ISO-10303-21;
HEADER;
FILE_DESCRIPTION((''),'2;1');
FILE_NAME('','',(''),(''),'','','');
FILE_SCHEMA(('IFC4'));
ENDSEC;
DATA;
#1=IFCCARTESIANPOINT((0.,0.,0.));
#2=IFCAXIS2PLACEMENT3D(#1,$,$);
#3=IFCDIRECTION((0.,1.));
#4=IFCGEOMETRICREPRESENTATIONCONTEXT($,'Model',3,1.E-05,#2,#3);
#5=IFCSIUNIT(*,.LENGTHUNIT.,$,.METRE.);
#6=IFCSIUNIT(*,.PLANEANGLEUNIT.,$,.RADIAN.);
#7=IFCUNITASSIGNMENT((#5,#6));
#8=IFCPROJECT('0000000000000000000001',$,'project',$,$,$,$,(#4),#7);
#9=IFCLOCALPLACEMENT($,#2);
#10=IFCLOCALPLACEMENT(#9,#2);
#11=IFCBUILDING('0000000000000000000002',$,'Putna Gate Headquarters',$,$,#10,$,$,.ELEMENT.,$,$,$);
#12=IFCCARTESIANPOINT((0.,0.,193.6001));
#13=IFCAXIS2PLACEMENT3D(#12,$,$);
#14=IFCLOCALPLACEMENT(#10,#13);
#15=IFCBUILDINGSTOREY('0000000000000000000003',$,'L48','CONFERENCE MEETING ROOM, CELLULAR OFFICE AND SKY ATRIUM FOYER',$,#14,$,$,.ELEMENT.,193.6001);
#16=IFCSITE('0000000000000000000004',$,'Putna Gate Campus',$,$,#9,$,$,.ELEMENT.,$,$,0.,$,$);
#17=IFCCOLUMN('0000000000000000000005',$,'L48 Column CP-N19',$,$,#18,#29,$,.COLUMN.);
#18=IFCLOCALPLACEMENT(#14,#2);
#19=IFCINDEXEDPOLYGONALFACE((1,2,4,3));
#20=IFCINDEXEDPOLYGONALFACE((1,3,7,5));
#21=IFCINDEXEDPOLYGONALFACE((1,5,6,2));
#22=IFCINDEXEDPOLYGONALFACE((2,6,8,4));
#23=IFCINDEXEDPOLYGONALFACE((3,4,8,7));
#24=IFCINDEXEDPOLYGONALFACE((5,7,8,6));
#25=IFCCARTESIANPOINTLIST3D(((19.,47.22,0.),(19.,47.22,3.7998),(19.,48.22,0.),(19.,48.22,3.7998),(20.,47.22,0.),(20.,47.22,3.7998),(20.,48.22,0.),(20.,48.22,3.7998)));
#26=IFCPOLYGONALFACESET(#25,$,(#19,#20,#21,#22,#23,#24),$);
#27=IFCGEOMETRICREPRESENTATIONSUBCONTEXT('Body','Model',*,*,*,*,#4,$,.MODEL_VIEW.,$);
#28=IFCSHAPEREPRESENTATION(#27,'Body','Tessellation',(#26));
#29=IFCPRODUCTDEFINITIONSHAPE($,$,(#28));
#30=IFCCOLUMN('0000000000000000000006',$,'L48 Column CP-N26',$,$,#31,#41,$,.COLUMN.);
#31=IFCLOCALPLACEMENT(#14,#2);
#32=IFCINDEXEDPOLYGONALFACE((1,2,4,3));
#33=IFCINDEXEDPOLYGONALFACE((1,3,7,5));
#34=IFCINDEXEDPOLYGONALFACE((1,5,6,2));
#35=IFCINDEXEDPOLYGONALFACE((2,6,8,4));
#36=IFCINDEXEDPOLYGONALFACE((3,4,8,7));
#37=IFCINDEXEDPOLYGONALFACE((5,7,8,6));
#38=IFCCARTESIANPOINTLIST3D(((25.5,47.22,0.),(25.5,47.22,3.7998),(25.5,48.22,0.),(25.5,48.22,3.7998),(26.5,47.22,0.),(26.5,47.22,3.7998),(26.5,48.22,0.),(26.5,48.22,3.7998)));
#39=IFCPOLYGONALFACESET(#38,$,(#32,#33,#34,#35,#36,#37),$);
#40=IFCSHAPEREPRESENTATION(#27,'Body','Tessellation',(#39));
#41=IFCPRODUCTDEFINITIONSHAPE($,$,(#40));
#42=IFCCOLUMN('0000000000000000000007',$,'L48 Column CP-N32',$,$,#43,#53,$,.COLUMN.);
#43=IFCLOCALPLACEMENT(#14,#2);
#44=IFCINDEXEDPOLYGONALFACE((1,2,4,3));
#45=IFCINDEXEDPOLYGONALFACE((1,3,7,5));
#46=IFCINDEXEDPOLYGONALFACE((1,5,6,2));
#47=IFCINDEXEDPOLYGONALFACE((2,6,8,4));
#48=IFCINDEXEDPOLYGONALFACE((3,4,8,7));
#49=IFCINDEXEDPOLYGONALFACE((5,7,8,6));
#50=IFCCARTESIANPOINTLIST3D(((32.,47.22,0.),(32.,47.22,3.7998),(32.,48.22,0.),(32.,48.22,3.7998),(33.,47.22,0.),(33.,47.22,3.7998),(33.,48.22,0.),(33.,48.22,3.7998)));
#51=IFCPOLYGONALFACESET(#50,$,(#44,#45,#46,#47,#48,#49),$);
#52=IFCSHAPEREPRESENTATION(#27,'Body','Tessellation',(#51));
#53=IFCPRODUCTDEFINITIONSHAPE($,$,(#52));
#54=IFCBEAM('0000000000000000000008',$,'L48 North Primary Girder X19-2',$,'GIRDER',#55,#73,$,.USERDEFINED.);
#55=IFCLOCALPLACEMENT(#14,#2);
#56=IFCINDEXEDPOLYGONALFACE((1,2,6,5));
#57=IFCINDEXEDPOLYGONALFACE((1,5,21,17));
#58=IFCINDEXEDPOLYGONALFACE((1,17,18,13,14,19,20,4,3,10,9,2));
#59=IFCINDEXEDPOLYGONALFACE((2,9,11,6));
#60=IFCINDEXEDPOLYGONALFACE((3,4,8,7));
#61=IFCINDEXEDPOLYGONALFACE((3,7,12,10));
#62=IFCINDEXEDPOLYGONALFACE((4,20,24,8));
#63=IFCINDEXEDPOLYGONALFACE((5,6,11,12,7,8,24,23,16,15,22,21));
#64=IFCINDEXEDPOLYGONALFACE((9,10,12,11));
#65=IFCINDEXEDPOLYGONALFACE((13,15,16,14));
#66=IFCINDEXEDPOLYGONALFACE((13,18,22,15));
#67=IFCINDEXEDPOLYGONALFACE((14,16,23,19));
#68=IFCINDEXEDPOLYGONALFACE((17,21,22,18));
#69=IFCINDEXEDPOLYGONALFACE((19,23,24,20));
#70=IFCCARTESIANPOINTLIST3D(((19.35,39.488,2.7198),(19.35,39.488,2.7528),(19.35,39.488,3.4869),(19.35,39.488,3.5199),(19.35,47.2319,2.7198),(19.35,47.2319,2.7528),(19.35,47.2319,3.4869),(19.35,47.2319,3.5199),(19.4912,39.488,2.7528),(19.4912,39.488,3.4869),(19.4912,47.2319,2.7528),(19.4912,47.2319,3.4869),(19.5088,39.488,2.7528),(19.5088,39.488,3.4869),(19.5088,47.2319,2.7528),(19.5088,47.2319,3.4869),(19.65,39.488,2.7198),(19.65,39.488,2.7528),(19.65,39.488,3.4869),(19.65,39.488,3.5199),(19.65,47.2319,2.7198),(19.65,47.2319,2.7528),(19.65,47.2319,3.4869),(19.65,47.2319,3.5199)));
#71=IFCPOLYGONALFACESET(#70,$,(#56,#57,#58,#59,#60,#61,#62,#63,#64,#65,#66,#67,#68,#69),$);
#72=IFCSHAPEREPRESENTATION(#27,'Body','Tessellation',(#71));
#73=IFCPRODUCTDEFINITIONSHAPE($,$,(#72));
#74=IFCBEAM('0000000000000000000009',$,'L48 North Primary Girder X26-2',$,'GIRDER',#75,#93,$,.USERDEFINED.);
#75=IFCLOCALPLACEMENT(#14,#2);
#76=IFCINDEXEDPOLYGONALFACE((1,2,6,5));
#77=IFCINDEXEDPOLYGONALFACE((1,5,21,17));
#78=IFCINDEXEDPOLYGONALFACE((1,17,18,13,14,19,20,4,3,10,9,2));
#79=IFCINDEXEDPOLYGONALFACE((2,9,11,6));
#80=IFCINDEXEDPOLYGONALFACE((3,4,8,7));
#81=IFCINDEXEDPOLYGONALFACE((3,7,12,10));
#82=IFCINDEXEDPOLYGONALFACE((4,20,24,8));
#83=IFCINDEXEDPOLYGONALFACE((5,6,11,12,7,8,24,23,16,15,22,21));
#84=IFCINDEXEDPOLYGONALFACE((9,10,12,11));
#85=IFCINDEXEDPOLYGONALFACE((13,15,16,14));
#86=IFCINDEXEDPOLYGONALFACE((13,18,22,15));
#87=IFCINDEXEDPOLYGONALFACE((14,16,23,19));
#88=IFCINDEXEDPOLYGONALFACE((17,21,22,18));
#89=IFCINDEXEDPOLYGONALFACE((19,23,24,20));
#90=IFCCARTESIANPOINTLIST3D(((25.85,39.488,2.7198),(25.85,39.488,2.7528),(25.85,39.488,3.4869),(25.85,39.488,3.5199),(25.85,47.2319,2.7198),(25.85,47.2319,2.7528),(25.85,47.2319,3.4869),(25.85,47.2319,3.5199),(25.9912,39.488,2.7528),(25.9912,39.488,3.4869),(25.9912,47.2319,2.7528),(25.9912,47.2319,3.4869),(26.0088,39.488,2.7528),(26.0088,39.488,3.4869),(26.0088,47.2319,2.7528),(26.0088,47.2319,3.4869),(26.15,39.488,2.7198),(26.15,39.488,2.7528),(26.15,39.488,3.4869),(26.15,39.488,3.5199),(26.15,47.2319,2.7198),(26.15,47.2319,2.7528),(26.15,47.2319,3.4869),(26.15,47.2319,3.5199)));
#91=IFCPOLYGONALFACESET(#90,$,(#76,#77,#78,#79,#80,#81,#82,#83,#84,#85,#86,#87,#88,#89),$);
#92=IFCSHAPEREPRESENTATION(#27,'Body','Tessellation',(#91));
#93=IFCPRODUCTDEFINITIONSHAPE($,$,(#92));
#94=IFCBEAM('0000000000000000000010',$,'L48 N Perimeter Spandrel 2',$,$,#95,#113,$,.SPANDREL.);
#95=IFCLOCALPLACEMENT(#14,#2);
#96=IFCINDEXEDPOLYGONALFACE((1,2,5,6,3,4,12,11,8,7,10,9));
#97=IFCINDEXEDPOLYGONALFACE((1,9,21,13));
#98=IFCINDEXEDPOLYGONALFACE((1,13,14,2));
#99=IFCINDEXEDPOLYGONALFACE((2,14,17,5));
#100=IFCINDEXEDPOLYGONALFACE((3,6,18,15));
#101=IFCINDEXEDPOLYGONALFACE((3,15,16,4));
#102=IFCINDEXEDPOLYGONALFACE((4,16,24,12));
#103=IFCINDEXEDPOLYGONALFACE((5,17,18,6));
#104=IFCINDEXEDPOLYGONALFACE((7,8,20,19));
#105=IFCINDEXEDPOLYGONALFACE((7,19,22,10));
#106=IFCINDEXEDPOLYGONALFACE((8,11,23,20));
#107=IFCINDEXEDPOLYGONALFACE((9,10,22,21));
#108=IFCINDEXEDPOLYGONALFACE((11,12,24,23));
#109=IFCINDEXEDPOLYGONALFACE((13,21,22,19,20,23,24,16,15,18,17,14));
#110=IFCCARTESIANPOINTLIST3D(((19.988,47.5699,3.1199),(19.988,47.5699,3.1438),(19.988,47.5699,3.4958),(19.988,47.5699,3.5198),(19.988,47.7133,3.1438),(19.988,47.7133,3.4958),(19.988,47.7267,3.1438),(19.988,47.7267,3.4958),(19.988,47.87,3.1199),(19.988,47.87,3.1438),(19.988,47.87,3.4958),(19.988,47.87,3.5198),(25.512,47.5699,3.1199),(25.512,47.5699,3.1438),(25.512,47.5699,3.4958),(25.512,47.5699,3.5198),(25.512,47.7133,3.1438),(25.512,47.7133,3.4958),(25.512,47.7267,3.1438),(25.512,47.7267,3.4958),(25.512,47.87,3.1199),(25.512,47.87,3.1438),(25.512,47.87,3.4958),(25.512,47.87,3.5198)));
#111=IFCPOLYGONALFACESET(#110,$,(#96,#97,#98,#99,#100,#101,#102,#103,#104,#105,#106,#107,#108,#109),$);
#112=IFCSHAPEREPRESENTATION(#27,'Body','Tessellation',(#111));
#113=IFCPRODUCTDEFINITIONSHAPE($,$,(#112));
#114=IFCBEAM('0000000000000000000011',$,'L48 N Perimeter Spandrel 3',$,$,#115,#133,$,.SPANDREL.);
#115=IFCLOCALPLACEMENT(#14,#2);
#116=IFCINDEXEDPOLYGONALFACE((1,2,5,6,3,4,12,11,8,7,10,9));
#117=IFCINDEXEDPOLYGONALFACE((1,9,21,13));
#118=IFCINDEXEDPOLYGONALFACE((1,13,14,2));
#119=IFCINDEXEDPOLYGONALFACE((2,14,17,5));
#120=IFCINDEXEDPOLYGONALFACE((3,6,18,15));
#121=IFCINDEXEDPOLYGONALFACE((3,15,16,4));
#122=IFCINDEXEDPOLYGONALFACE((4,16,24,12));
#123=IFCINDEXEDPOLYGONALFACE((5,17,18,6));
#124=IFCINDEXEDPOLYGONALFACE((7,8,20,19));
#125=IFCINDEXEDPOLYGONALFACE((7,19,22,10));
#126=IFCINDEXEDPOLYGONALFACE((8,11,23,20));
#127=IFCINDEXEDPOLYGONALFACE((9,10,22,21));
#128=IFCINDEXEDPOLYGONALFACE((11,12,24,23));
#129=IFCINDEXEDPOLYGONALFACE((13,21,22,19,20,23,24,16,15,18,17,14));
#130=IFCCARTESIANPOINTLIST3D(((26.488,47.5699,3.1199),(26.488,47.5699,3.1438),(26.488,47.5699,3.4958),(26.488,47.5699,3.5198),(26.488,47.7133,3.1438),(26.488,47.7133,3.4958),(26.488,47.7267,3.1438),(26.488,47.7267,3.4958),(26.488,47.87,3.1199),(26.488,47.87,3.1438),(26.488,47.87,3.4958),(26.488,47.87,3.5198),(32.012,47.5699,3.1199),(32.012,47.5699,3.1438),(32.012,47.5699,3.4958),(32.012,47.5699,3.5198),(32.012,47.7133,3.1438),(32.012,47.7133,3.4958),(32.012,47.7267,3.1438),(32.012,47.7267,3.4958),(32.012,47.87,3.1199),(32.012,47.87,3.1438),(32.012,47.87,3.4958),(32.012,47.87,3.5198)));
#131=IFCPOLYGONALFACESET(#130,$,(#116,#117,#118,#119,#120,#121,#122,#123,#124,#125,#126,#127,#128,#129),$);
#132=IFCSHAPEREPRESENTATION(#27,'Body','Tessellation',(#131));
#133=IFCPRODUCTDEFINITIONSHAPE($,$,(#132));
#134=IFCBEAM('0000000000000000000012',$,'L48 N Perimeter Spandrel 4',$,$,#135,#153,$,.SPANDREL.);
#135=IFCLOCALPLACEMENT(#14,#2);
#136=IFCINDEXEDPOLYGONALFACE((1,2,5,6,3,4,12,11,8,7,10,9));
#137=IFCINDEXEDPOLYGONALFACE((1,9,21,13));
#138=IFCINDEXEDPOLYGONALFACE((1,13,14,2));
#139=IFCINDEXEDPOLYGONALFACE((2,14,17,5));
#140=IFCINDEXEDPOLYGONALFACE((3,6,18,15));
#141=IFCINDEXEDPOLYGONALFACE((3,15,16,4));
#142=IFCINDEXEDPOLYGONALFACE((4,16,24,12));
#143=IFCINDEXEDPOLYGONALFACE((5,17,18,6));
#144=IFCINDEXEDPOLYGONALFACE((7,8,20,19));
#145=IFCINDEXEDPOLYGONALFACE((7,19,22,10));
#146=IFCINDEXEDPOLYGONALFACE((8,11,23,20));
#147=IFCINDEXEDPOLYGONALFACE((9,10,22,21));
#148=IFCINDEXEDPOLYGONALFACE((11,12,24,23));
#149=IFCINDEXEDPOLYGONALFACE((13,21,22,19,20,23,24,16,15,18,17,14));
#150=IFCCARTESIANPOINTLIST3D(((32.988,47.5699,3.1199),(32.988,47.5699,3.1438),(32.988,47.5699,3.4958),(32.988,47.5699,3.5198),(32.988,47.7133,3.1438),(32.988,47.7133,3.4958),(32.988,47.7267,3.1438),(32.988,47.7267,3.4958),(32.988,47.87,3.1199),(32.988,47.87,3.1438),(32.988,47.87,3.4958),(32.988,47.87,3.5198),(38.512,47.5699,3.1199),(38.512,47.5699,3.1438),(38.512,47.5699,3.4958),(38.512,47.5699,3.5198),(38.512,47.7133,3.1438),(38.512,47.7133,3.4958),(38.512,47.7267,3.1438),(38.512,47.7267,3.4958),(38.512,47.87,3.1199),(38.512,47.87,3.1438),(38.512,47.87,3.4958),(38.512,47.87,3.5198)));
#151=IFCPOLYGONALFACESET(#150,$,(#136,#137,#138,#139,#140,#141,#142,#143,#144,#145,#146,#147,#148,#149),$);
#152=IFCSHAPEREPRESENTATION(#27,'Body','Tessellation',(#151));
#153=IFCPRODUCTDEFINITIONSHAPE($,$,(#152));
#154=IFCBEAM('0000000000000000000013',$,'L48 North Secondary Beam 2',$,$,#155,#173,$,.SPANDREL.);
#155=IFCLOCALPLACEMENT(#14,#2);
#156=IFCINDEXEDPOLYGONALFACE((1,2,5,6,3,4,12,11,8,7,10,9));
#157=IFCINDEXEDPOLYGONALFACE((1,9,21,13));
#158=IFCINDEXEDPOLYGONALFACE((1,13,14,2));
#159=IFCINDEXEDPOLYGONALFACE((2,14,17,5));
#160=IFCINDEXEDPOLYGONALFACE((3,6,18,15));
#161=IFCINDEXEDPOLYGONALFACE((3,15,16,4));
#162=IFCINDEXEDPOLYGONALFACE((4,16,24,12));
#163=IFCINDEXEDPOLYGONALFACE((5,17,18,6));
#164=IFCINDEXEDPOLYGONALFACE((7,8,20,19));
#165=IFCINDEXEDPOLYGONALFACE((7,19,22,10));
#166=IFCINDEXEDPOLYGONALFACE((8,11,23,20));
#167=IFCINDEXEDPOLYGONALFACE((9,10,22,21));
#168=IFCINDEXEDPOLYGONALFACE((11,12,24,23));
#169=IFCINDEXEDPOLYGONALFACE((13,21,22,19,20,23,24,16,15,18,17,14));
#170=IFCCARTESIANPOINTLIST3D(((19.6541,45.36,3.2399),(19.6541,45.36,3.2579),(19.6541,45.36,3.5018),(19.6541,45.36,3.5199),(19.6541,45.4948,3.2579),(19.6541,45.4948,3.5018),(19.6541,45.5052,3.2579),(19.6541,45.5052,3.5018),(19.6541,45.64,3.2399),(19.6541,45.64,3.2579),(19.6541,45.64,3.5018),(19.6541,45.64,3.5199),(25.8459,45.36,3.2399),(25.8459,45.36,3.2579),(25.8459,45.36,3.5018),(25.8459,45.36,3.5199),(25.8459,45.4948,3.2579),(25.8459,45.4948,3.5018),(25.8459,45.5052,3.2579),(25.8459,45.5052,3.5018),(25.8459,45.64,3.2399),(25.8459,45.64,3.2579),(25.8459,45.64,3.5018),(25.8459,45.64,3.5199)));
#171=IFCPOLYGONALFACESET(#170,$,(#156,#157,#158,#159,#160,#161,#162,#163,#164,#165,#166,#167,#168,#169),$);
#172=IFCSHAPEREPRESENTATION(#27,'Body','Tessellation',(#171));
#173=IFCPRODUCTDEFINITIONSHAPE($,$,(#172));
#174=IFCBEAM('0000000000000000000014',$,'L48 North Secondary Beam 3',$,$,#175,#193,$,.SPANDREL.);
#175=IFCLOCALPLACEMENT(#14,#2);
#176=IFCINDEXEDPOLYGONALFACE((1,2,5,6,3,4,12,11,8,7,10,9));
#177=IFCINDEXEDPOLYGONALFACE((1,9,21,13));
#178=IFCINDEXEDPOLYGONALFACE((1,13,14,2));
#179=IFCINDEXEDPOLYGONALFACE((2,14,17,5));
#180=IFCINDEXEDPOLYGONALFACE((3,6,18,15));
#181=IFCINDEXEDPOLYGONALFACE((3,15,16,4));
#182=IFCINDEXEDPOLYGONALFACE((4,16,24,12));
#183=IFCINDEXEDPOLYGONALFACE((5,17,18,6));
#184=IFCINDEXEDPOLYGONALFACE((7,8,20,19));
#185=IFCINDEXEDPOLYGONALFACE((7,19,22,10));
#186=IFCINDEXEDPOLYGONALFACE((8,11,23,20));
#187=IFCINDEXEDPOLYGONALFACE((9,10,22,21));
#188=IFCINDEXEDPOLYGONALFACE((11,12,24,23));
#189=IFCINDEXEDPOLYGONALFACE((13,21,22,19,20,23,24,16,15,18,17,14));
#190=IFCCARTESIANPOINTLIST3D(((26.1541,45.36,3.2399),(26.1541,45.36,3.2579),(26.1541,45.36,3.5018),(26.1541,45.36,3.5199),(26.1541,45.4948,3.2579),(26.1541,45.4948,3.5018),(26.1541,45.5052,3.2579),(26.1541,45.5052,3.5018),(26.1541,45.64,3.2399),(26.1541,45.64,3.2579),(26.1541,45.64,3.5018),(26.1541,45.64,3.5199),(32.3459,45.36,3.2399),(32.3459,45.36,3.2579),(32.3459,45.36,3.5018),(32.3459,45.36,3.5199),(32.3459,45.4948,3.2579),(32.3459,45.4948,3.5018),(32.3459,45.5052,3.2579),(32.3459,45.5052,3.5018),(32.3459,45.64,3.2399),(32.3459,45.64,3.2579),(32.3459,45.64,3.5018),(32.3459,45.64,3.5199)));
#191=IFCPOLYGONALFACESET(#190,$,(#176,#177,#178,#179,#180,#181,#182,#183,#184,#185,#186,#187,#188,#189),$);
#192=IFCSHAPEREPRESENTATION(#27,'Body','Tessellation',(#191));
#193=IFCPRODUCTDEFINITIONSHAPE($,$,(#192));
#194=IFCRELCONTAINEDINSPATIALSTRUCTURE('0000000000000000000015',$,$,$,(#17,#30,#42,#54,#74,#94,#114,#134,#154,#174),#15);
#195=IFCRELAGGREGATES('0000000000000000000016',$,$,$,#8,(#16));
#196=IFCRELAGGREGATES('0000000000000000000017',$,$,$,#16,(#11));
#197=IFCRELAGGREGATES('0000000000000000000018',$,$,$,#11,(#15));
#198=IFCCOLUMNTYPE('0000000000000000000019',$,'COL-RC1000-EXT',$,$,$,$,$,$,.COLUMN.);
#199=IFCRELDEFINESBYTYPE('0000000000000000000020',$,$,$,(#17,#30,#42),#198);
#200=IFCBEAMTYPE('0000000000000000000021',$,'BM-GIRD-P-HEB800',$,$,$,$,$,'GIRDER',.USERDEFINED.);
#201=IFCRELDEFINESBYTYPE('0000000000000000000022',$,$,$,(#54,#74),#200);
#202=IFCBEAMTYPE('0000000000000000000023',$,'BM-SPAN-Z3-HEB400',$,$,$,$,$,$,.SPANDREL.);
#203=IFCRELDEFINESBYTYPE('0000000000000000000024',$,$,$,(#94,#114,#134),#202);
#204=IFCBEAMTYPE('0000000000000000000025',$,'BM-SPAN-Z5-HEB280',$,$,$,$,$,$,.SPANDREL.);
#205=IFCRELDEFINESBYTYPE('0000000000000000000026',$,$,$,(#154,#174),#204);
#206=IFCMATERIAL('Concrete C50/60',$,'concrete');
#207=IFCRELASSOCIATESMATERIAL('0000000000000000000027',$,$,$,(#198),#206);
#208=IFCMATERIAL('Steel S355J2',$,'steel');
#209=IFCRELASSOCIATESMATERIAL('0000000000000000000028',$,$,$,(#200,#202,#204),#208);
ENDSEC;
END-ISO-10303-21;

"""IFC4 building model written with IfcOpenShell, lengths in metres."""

from ifc_helpers import new_model, si_unit, direction, frame, origin, origin_2d, place, context, subcontext, project, spatial, rectangle, i_section, extrude, material, material_profile, profile_set, type_object, element, save


model = new_model("IFC4")

# Units and contexts
model_context = context("Model", 3, precision=1e-05, world=origin(), true_north=direction((0.0, 1.0)))
body_context = subcontext(model_context, "Body", "Model", "MODEL_VIEW")
ifc_project = project(units=[si_unit("LENGTHUNIT", "METRE"), si_unit("PLANEANGLEUNIT", "RADIAN")], contexts=[model_context])

# Site, building, storey
site_placement = place(None, origin())
site = spatial("IfcSite", under=ifc_project, at=site_placement, Name="Putna Gate Campus", CompositionType="ELEMENT", RefElevation=0.0)
building_placement = place(site_placement, origin())
building = spatial("IfcBuilding", under=site, at=building_placement, Name="Putna Gate Headquarters", CompositionType="ELEMENT")
storey_placement = place(building_placement, frame((0.0, 0.0, 193.6001)))
storey = spatial("IfcBuildingStorey", under=building, at=storey_placement, Name="L48", Description="CONFERENCE MEETING ROOM, CELLULAR OFFICE AND SKY ATRIUM FOYER", CompositionType="ELEMENT", Elevation=193.6001)

# Columns
ifc_material_1 = material(Name="Concrete C50/60", Category="concrete")
ifc_material_profile_1 = material_profile(ifc_material_1, rectangle(XDim=1.0, YDim=1.0, at=origin_2d()), Name="Concrete C50/60")
ifc_profile_set_1 = profile_set([ifc_material_profile_1], Name="Concrete C50/60")
column_type = type_object("IfcColumnType", Name="COL-RC1000-EXT", PredefinedType="COLUMN", material=ifc_profile_set_1)
for number, where, z_axis, x_axis, name in (
    (1, (19.5, 47.72, 0.0), (0.0, 0.0, 1.0), (1.0, 0.0, 0.0), "L48 Column CP-N19"),
    (2, (26.0, 47.72, 0.0), (0.0, 0.0, 1.0), (1.0, 0.0, 0.0), "L48 Column CP-N26"),
    (3, (32.5, 47.72, 0.0), (0.0, 0.0, 1.0), (1.0, 0.0, 0.0), "L48 Column CP-N32"),
):
    element("IfcColumn", number, at=place(storey_placement, frame(where, z_axis=z_axis, x_axis=x_axis)), inside=storey, type_object=column_type, Name=name, PredefinedType="COLUMN", context=body_context, shape_type="SweptSolid", body=[
        extrude(rectangle(XDim=1.0, YDim=1.0, at=origin_2d()), origin(), (0.0, 0.0, 1.0), 3.7998),
    ])

# Beams
ifc_material_2 = material(Name="Steel S355J2", Category="steel")
ifc_material_profile_2 = material_profile(ifc_material_2, i_section(OverallWidth=0.3, OverallDepth=0.8, WebThickness=0.0176, FlangeThickness=0.033, at=origin_2d()), Name="Steel S355J2")
ifc_profile_set_2 = profile_set([ifc_material_profile_2], Name="Steel S355J2")
beam_type_1 = type_object("IfcBeamType", Name="BM-GIRD-P-HEB800", ElementType="GIRDER", PredefinedType="USERDEFINED", material=ifc_profile_set_2)
for number, where, z_axis, x_axis, name in (
    (4, (19.5, 39.488, 3.1199), (0.0, 1.0, 0.0), (-1.0, 0.0, 0.0), "L48 North Primary Girder X19-2"),
    (5, (26.0, 39.488, 3.1199), (0.0, 1.0, 0.0), (-1.0, 0.0, 0.0), "L48 North Primary Girder X26-2"),
):
    element("IfcBeam", number, at=place(storey_placement, frame(where, z_axis=z_axis, x_axis=x_axis)), inside=storey, type_object=beam_type_1, Name=name, ObjectType="GIRDER", PredefinedType="USERDEFINED", context=body_context, shape_type="SweptSolid", body=[
        extrude(i_section(OverallWidth=0.3, OverallDepth=0.8, WebThickness=0.0176, FlangeThickness=0.033, at=origin_2d()), origin(), (0.0, 0.0, 1.0), 7.7439),
    ])
ifc_material_profile_3 = material_profile(ifc_material_2, i_section(OverallWidth=0.3, OverallDepth=0.3999, WebThickness=0.0134, FlangeThickness=0.0239, at=origin_2d()), Name="Steel S355J2")
ifc_profile_set_3 = profile_set([ifc_material_profile_3], Name="Steel S355J2")
beam_type_2 = type_object("IfcBeamType", Name="BM-SPAN-Z3-HEB400", PredefinedType="SPANDREL", material=ifc_profile_set_3)
for number, where, z_axis, x_axis, name in (
    (6, (19.988, 47.72, 3.3198), (1.0, 0.0, 0.0), (0.0, 1.0, 0.0), "L48 N Perimeter Spandrel 2"),
    (7, (26.488, 47.72, 3.3198), (1.0, 0.0, 0.0), (0.0, 1.0, 0.0), "L48 N Perimeter Spandrel 3"),
    (8, (32.988, 47.72, 3.3198), (1.0, 0.0, 0.0), (0.0, 1.0, 0.0), "L48 N Perimeter Spandrel 4"),
):
    element("IfcBeam", number, at=place(storey_placement, frame(where, z_axis=z_axis, x_axis=x_axis)), inside=storey, type_object=beam_type_2, Name=name, PredefinedType="SPANDREL", context=body_context, shape_type="SweptSolid", body=[
        extrude(i_section(OverallWidth=0.3, OverallDepth=0.3999, WebThickness=0.0134, FlangeThickness=0.0239, at=origin_2d()), origin(), (0.0, 0.0, 1.0), 5.5239),
    ])
ifc_material_profile_4 = material_profile(ifc_material_2, i_section(OverallWidth=0.28, OverallDepth=0.28, WebThickness=0.0105, FlangeThickness=0.0181, at=origin_2d()), Name="Steel S355J2")
ifc_profile_set_4 = profile_set([ifc_material_profile_4], Name="Steel S355J2")
beam_type_3 = type_object("IfcBeamType", Name="BM-SPAN-Z5-HEB280", PredefinedType="SPANDREL", material=ifc_profile_set_4)
for number, where, z_axis, x_axis, name in (
    (9, (19.6541, 45.5, 3.3799), (1.0, 0.0, 0.0), (0.0, 1.0, 0.0), "L48 North Secondary Beam 2"),
    (10, (26.1541, 45.5, 3.3799), (1.0, 0.0, 0.0), (0.0, 1.0, 0.0), "L48 North Secondary Beam 3"),
):
    element("IfcBeam", number, at=place(storey_placement, frame(where, z_axis=z_axis, x_axis=x_axis)), inside=storey, type_object=beam_type_3, Name=name, PredefinedType="SPANDREL", context=body_context, shape_type="SweptSolid", body=[
        extrude(i_section(OverallWidth=0.28, OverallDepth=0.28, WebThickness=0.0105, FlangeThickness=0.0181, at=origin_2d()), origin(), (0.0, 0.0, 1.0), 6.1919),
    ])

save(model, "model.ifc")
